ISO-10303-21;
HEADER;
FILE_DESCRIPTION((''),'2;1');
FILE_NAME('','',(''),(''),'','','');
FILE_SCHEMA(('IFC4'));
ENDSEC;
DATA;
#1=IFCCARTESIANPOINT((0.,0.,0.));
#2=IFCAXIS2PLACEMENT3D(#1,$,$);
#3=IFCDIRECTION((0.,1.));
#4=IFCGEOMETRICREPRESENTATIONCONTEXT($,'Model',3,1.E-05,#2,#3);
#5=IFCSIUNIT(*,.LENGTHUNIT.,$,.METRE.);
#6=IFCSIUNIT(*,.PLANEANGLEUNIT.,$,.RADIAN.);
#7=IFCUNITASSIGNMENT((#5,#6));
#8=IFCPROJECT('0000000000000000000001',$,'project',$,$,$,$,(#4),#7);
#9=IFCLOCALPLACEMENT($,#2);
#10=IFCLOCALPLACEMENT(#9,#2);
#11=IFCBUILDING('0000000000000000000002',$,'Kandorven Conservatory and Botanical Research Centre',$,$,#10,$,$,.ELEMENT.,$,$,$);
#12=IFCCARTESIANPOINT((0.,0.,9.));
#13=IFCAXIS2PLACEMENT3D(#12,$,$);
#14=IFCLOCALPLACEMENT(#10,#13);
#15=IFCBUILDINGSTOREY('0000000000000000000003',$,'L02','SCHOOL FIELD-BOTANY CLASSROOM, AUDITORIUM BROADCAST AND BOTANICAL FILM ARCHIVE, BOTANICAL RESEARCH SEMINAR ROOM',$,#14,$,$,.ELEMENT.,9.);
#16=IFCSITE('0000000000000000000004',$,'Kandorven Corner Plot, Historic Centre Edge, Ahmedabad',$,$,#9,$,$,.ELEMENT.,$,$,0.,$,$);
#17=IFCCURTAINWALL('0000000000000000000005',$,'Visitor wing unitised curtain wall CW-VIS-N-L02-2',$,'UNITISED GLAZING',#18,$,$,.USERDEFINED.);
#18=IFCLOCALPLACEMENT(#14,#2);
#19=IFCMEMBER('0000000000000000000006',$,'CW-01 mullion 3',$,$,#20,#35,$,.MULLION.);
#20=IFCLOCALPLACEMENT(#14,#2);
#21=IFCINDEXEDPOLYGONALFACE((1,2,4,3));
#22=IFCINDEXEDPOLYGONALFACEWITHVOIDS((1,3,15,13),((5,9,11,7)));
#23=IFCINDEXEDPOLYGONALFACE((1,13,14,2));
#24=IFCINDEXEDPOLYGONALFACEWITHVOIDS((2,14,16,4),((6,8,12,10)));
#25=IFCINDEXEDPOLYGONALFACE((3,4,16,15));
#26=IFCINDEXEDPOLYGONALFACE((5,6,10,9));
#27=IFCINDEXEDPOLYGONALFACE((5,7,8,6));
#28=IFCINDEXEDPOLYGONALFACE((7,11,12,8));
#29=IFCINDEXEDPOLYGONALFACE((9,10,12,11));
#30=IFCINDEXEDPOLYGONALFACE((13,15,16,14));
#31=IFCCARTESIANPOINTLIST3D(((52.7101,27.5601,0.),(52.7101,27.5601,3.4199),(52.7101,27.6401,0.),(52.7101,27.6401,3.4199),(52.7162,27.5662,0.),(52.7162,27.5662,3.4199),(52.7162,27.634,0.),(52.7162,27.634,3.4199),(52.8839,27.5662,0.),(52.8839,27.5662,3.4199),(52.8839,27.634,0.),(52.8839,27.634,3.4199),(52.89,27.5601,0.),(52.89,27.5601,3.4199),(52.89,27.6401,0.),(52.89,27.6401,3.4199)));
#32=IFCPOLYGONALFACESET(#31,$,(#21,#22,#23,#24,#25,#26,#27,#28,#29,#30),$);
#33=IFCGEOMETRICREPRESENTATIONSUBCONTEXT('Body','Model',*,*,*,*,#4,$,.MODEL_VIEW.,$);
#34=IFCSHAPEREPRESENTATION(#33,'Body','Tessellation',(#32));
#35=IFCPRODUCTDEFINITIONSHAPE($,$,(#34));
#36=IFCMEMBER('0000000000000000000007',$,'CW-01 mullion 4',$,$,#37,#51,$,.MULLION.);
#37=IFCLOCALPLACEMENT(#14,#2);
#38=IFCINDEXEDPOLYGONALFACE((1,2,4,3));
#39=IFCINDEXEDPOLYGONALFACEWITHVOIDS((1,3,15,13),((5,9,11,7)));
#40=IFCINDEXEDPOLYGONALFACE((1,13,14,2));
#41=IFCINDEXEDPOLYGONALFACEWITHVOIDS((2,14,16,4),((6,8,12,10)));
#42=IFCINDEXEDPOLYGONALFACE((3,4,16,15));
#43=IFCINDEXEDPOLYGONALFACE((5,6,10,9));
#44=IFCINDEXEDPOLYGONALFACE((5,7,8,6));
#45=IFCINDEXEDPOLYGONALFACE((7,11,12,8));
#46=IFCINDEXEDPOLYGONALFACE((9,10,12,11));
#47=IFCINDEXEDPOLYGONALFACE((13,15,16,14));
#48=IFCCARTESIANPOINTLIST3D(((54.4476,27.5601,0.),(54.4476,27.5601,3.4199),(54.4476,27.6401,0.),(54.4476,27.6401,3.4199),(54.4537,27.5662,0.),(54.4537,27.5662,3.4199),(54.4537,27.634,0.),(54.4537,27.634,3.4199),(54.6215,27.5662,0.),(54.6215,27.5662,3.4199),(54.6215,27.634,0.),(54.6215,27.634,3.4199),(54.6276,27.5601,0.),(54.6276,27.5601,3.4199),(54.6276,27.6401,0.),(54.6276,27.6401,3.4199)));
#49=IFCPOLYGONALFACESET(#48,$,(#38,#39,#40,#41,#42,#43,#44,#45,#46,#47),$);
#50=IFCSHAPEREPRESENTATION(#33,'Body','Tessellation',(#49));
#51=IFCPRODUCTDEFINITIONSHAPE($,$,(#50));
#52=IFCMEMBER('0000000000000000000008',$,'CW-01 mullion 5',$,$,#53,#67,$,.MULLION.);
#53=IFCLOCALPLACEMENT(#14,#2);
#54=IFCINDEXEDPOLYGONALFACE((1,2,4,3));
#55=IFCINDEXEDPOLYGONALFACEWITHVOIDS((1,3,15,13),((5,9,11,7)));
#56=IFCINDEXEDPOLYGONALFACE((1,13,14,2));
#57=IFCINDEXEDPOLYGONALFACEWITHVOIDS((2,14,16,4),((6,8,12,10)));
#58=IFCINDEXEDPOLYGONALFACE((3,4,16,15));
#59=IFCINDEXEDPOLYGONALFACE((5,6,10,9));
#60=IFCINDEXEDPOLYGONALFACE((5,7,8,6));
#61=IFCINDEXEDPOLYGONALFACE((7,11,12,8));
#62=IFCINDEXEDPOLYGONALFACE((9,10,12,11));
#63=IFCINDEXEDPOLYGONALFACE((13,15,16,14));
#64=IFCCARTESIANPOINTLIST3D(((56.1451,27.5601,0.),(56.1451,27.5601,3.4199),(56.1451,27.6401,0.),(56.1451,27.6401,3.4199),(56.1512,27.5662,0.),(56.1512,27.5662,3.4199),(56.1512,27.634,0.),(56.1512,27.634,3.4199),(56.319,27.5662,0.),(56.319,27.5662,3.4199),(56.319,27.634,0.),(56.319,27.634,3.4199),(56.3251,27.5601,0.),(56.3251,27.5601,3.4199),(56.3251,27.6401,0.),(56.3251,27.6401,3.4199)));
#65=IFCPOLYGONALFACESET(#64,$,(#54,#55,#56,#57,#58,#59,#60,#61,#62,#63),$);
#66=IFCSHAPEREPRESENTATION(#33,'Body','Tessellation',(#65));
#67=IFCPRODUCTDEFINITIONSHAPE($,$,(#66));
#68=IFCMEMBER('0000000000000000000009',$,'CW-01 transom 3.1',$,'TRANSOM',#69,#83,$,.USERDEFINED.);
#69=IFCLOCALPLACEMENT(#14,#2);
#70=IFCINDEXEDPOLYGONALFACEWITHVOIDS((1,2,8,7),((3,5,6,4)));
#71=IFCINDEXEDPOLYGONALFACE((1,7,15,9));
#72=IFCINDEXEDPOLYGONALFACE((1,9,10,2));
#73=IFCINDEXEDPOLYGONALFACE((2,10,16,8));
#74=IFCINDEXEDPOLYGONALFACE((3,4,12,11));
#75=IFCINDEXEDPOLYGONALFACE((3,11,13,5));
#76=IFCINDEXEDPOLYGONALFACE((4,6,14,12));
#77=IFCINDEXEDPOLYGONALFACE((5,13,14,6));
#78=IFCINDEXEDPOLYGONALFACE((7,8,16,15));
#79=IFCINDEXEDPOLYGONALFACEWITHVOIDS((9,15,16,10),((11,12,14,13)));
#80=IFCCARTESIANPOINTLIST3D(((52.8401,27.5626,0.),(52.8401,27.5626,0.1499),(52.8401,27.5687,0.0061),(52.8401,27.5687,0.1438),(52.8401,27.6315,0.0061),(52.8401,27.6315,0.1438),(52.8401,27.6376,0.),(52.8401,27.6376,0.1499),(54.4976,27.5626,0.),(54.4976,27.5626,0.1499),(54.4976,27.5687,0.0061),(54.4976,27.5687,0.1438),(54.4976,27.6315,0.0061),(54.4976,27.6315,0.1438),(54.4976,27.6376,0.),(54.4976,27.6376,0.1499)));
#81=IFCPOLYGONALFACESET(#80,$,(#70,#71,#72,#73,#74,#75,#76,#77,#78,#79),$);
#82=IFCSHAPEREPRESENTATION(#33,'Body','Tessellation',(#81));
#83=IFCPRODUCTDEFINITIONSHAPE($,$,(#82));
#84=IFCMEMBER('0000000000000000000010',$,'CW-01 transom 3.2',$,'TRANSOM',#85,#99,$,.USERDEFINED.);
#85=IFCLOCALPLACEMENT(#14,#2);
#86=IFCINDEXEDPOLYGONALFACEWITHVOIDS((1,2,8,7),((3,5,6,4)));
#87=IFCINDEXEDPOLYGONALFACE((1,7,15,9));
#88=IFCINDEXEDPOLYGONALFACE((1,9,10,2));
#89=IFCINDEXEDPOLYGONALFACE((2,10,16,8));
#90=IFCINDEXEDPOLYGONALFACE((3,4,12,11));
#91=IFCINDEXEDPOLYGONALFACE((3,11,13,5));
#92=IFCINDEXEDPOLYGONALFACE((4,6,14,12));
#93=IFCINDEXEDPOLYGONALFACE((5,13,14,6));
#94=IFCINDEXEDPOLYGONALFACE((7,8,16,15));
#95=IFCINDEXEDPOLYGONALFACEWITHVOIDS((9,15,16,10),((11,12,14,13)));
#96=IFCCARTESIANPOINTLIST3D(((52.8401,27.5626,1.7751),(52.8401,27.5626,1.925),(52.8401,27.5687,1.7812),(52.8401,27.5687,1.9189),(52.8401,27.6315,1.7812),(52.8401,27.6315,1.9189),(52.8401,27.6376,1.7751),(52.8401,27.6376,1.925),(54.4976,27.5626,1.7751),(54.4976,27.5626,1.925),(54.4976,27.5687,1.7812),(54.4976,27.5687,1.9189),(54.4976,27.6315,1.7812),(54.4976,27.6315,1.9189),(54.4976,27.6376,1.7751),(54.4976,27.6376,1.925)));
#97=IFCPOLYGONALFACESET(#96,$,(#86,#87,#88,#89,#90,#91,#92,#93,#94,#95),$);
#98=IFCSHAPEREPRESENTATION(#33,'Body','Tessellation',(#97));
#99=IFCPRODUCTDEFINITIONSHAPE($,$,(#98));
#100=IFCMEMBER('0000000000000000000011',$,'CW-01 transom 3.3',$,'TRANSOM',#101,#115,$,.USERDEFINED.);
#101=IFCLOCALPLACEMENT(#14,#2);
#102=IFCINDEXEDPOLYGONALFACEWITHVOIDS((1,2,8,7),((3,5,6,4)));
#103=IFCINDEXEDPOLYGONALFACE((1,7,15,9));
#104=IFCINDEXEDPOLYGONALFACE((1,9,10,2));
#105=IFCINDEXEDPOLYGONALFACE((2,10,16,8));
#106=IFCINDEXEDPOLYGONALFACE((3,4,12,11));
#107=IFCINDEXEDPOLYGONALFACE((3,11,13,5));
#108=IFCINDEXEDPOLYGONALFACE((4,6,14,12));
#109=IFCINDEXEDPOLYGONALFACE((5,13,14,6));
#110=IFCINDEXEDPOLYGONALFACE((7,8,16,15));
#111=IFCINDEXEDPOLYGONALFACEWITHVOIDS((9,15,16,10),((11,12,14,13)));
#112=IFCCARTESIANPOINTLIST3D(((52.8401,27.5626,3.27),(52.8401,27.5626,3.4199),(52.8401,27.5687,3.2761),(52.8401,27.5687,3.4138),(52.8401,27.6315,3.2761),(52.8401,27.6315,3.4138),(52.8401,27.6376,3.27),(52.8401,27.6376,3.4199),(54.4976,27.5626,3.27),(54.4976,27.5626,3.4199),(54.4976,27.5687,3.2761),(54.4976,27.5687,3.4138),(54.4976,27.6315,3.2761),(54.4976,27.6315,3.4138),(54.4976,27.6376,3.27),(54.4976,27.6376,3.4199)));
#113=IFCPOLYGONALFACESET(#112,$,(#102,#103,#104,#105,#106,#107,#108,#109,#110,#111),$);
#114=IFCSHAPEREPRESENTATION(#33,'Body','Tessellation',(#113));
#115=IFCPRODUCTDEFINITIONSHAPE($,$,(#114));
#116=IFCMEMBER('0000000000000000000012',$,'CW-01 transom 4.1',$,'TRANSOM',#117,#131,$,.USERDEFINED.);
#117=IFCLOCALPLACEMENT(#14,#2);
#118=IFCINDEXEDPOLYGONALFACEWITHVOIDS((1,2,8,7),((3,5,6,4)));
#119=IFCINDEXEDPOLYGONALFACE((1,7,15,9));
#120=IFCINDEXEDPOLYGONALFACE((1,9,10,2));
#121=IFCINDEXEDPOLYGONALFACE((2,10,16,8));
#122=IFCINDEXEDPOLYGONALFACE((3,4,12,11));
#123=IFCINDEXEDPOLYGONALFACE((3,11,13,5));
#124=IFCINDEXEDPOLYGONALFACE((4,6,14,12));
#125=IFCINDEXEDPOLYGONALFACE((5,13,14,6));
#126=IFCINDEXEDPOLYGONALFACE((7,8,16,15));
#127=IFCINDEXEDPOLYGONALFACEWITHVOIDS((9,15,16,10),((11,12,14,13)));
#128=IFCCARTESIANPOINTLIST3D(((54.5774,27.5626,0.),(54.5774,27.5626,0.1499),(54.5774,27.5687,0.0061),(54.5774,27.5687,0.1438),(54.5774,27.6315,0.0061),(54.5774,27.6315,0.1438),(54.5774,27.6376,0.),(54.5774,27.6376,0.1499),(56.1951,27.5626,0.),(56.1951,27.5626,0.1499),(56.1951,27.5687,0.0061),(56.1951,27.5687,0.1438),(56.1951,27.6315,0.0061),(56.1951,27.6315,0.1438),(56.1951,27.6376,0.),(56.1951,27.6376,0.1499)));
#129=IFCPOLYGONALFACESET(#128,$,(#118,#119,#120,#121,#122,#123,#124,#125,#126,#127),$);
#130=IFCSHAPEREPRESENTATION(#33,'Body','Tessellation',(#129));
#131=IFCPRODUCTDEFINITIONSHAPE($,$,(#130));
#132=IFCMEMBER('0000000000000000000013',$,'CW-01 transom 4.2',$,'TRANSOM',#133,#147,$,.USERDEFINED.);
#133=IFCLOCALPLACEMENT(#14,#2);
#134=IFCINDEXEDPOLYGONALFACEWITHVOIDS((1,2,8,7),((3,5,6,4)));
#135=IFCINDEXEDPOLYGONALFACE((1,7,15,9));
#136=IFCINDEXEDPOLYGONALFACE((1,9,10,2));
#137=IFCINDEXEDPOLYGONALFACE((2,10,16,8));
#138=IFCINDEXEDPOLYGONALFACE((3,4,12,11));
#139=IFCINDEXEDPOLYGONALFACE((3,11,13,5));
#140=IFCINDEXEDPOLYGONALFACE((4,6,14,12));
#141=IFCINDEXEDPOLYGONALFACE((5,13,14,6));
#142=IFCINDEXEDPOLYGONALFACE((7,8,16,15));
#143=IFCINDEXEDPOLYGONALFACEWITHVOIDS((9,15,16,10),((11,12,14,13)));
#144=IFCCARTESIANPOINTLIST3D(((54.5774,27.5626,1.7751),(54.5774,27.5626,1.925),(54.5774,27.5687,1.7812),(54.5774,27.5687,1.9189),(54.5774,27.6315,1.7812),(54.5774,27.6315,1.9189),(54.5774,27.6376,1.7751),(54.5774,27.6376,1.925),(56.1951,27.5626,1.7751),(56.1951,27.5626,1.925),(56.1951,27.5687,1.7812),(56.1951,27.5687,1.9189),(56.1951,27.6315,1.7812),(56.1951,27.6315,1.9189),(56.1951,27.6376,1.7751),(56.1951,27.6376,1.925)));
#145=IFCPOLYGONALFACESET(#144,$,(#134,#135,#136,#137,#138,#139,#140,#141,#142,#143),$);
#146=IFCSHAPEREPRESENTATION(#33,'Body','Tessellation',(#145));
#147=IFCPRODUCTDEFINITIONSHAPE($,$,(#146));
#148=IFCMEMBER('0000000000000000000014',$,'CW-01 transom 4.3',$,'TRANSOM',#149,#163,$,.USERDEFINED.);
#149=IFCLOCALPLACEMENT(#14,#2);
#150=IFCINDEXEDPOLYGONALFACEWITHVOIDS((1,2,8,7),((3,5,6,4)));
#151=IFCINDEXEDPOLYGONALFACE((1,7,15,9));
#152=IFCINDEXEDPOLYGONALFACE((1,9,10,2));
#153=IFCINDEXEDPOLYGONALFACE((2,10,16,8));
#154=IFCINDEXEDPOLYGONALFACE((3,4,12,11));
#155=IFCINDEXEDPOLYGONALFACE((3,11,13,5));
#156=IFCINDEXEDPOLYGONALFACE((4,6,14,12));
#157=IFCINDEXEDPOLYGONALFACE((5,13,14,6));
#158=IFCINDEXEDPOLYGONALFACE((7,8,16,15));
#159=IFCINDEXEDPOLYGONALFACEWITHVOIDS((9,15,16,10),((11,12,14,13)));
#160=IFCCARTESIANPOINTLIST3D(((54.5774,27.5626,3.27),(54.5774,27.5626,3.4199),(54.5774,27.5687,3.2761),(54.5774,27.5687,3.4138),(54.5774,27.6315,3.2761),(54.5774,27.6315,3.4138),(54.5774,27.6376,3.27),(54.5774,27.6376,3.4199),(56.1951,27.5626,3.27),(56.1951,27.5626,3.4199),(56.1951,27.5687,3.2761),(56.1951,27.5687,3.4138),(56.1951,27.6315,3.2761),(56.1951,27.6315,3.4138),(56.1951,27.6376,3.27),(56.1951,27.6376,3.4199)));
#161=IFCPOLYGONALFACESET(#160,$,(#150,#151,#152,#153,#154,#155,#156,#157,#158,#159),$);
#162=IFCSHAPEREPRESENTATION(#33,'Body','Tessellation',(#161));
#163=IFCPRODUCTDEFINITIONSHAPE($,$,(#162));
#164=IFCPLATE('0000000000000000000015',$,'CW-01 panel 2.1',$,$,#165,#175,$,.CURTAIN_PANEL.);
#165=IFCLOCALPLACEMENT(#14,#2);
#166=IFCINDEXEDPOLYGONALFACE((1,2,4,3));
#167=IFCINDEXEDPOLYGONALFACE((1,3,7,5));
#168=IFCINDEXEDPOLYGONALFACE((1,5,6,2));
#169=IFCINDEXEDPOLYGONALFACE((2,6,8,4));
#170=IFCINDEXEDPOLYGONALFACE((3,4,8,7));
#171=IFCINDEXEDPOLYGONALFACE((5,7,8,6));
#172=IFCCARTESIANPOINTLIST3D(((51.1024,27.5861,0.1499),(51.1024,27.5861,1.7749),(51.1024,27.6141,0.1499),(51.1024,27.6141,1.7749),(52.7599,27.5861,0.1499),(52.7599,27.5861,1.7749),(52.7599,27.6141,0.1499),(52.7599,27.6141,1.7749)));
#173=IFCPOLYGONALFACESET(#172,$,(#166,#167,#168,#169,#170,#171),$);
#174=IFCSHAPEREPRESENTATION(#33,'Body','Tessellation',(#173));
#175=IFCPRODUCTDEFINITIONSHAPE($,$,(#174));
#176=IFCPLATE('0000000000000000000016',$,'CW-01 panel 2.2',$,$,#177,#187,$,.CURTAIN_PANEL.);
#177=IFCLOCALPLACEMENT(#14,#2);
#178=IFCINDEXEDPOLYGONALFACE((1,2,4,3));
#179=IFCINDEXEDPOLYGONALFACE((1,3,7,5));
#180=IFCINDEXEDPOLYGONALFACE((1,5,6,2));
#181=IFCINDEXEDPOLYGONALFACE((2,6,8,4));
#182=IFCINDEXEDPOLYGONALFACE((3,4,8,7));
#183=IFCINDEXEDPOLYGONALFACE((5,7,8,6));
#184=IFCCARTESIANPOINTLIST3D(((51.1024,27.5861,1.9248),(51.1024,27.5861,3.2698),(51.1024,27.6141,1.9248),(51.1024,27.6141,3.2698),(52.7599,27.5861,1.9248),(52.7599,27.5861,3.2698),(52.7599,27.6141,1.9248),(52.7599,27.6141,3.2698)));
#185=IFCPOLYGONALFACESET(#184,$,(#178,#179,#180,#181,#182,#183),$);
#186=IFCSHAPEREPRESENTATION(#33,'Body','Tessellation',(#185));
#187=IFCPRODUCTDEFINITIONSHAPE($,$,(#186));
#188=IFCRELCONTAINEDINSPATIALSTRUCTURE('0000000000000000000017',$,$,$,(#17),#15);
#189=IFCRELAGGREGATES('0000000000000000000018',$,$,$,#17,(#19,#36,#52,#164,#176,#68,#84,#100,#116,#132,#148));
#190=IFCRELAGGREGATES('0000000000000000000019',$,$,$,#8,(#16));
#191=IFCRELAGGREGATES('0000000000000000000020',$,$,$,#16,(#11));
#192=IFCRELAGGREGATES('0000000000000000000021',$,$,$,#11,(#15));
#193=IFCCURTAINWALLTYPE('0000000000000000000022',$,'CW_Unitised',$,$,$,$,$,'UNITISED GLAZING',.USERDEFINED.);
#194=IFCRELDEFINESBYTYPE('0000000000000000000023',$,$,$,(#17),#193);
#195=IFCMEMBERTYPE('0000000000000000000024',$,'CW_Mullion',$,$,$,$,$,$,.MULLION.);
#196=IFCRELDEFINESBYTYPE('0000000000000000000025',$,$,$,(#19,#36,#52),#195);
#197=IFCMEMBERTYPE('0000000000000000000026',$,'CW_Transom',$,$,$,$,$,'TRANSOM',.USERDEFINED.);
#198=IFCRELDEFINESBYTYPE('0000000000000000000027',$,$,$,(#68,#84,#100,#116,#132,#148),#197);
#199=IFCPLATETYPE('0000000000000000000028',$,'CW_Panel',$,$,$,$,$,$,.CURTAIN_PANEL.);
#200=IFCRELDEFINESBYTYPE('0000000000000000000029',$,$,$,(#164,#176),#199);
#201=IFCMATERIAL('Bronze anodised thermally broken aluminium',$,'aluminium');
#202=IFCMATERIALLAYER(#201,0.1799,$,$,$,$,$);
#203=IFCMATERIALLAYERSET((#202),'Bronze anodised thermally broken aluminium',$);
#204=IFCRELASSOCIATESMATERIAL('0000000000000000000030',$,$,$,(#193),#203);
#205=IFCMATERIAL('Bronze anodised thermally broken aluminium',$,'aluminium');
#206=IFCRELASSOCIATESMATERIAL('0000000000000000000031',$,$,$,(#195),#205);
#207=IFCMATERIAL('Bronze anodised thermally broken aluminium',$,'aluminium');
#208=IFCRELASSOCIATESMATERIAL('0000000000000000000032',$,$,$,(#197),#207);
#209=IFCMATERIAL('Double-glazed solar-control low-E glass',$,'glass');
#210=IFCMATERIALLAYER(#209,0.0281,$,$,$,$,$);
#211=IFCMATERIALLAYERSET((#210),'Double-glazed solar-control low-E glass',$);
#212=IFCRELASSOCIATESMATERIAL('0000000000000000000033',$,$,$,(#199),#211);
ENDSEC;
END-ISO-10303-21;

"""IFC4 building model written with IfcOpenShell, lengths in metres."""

from ifc_helpers import new_model, si_unit, direction, frame, origin, origin_2d, place, context, subcontext, project, spatial, rectangle, hollow_rectangle, extrude, material, layer, layer_set, material_profile, profile_set, type_object, element, aggregate, save


model = new_model("IFC4")

# Units and contexts
model_context = context("Model", 3, precision=1e-05, world=origin(), true_north=direction((0.0, 1.0)))
body_context = subcontext(model_context, "Body", "Model", "MODEL_VIEW")
ifc_project = project(units=[si_unit("LENGTHUNIT", "METRE"), si_unit("PLANEANGLEUNIT", "RADIAN")], contexts=[model_context])

# Site, building, storey
site_placement = place(None, origin())
site = spatial("IfcSite", under=ifc_project, at=site_placement, Name="Kandorven Corner Plot, Historic Centre Edge, Ahmedabad", CompositionType="ELEMENT", RefElevation=0.0)
building_placement = place(site_placement, origin())
building = spatial("IfcBuilding", under=site, at=building_placement, Name="Kandorven Conservatory and Botanical Research Centre", CompositionType="ELEMENT")
storey_placement = place(building_placement, frame((0.0, 0.0, 9.0)))
storey = spatial("IfcBuildingStorey", under=building, at=storey_placement, Name="L02", Description="SCHOOL FIELD-BOTANY CLASSROOM, AUDITORIUM BROADCAST AND BOTANICAL FILM ARCHIVE, BOTANICAL RESEARCH SEMINAR ROOM", CompositionType="ELEMENT", Elevation=9.0)

# Curtain wall, members, plates
ifc_material_1 = material(Name="Bronze anodised thermally broken aluminium", Category="aluminium")
ifc_layer_1 = layer(ifc_material_1, 0.1799)
ifc_layer_set_1 = layer_set([ifc_layer_1], Name="Bronze anodised thermally broken aluminium")
curtain_wall_type = type_object("IfcCurtainWallType", Name="CW_Unitised", ElementType="UNITISED GLAZING", PredefinedType="USERDEFINED", material=ifc_layer_set_1)
curtain_wall_placement = place(storey_placement, origin())
curtain_wall = element("IfcCurtainWall", 1, at=curtain_wall_placement, inside=storey, type_object=curtain_wall_type, Name="Visitor wing unitised curtain wall CW-VIS-N-L02-2", ObjectType="UNITISED GLAZING", PredefinedType="USERDEFINED")
ifc_material_2 = material(Name="Bronze anodised thermally broken aluminium", Category="aluminium")
ifc_material_profile_1 = material_profile(ifc_material_2, hollow_rectangle(XDim=0.0801, YDim=0.1799, WallThickness=0.0061, at=origin_2d()))
ifc_profile_set_1 = profile_set([ifc_material_profile_1], Name="Bronze anodised thermally broken aluminium")
member_type_1 = type_object("IfcMemberType", Name="CW_Mullion", PredefinedType="MULLION", material=ifc_profile_set_1)
member_1_placement = place(storey_placement, frame((52.8, 27.6001, 0.0), z_axis=(0.0, 0.0, 1.0), x_axis=(0.0, 1.0, 0.0)))
member_1 = element("IfcMember", 2, at=member_1_placement, type_object=member_type_1, Name="CW-01 mullion 3", PredefinedType="MULLION", context=body_context, shape_type="SweptSolid", body=[
    extrude(hollow_rectangle(XDim=0.0801, YDim=0.1799, WallThickness=0.0061, at=origin_2d()), origin(), (0.0, 0.0, 1.0), 3.4199),
])
member_2_placement = place(storey_placement, frame((54.5376, 27.6001, 0.0), z_axis=(0.0, 0.0, 1.0), x_axis=(0.0, 1.0, 0.0)))
member_2 = element("IfcMember", 3, at=member_2_placement, type_object=member_type_1, Name="CW-01 mullion 4", PredefinedType="MULLION", context=body_context, shape_type="SweptSolid", body=[
    extrude(hollow_rectangle(XDim=0.0801, YDim=0.1799, WallThickness=0.0061, at=origin_2d()), origin(), (0.0, 0.0, 1.0), 3.4199),
])
member_3_placement = place(storey_placement, frame((56.2351, 27.6001, 0.0), z_axis=(0.0, 0.0, 1.0), x_axis=(0.0, 1.0, 0.0)))
member_3 = element("IfcMember", 4, at=member_3_placement, type_object=member_type_1, Name="CW-01 mullion 5", PredefinedType="MULLION", context=body_context, shape_type="SweptSolid", body=[
    extrude(hollow_rectangle(XDim=0.0801, YDim=0.1799, WallThickness=0.0061, at=origin_2d()), origin(), (0.0, 0.0, 1.0), 3.4199),
])
ifc_material_3 = material(Name="Bronze anodised thermally broken aluminium", Category="aluminium")
ifc_material_profile_2 = material_profile(ifc_material_3, hollow_rectangle(XDim=0.075, YDim=0.1499, WallThickness=0.0061, at=origin_2d()))
ifc_profile_set_2 = profile_set([ifc_material_profile_2], Name="Bronze anodised thermally broken aluminium")
member_type_2 = type_object("IfcMemberType", Name="CW_Transom", ElementType="TRANSOM", PredefinedType="USERDEFINED", material=ifc_profile_set_2)
member_4_placement = place(storey_placement, frame((52.8401, 27.6001, 0.075), z_axis=(1.0, 0.0, 0.0), x_axis=(0.0, 1.0, 0.0)))
member_4 = element("IfcMember", 5, at=member_4_placement, type_object=member_type_2, Name="CW-01 transom 3.1", ObjectType="TRANSOM", PredefinedType="USERDEFINED", context=body_context, shape_type="SweptSolid", body=[
    extrude(hollow_rectangle(XDim=0.075, YDim=0.1499, WallThickness=0.0061, at=origin_2d()), origin(), (0.0, 0.0, 1.0), 1.6575),
])
member_5_placement = place(storey_placement, frame((52.8401, 27.6001, 1.8501), z_axis=(1.0, 0.0, 0.0), x_axis=(0.0, 1.0, 0.0)))
member_5 = element("IfcMember", 6, at=member_5_placement, type_object=member_type_2, Name="CW-01 transom 3.2", ObjectType="TRANSOM", PredefinedType="USERDEFINED", context=body_context, shape_type="SweptSolid", body=[
    extrude(hollow_rectangle(XDim=0.075, YDim=0.1499, WallThickness=0.0061, at=origin_2d()), origin(), (0.0, 0.0, 1.0), 1.6575),
])
member_6_placement = place(storey_placement, frame((52.8401, 27.6001, 3.345), z_axis=(1.0, 0.0, 0.0), x_axis=(0.0, 1.0, 0.0)))
member_6 = element("IfcMember", 7, at=member_6_placement, type_object=member_type_2, Name="CW-01 transom 3.3", ObjectType="TRANSOM", PredefinedType="USERDEFINED", context=body_context, shape_type="SweptSolid", body=[
    extrude(hollow_rectangle(XDim=0.075, YDim=0.1499, WallThickness=0.0061, at=origin_2d()), origin(), (0.0, 0.0, 1.0), 1.6575),
])
member_7_placement = place(storey_placement, frame((54.5774, 27.6001, 0.075), z_axis=(1.0, 0.0, 0.0), x_axis=(0.0, 1.0, 0.0)))
member_7 = element("IfcMember", 8, at=member_7_placement, type_object=member_type_2, Name="CW-01 transom 4.1", ObjectType="TRANSOM", PredefinedType="USERDEFINED", context=body_context, shape_type="SweptSolid", body=[
    extrude(hollow_rectangle(XDim=0.075, YDim=0.1499, WallThickness=0.0061, at=origin_2d()), origin(), (0.0, 0.0, 1.0), 1.6177),
])
member_8_placement = place(storey_placement, frame((54.5774, 27.6001, 1.8501), z_axis=(1.0, 0.0, 0.0), x_axis=(0.0, 1.0, 0.0)))
member_8 = element("IfcMember", 9, at=member_8_placement, type_object=member_type_2, Name="CW-01 transom 4.2", ObjectType="TRANSOM", PredefinedType="USERDEFINED", context=body_context, shape_type="SweptSolid", body=[
    extrude(hollow_rectangle(XDim=0.075, YDim=0.1499, WallThickness=0.0061, at=origin_2d()), origin(), (0.0, 0.0, 1.0), 1.6177),
])
member_9_placement = place(storey_placement, frame((54.5774, 27.6001, 3.345), z_axis=(1.0, 0.0, 0.0), x_axis=(0.0, 1.0, 0.0)))
member_9 = element("IfcMember", 10, at=member_9_placement, type_object=member_type_2, Name="CW-01 transom 4.3", ObjectType="TRANSOM", PredefinedType="USERDEFINED", context=body_context, shape_type="SweptSolid", body=[
    extrude(hollow_rectangle(XDim=0.075, YDim=0.1499, WallThickness=0.0061, at=origin_2d()), origin(), (0.0, 0.0, 1.0), 1.6177),
])
ifc_material_4 = material(Name="Double-glazed solar-control low-E glass", Category="glass")
ifc_layer_2 = layer(ifc_material_4, 0.0281)
ifc_layer_set_2 = layer_set([ifc_layer_2], Name="Double-glazed solar-control low-E glass")
plate_type = type_object("IfcPlateType", Name="CW_Panel", PredefinedType="CURTAIN_PANEL", material=ifc_layer_set_2)
plate_1_placement = place(storey_placement, frame((51.9312, 27.6001, 0.1499), z_axis=(0.0, 0.0, 1.0), x_axis=(1.0, 0.0, 0.0)))
plate_1 = element("IfcPlate", 11, at=plate_1_placement, type_object=plate_type, Name="CW-01 panel 2.1", PredefinedType="CURTAIN_PANEL", context=body_context, shape_type="SweptSolid", body=[
    extrude(rectangle(XDim=1.6575, YDim=0.0281, at=origin_2d()), origin(), (0.0, 0.0, 1.0), 1.625),
])
plate_2_placement = place(storey_placement, frame((51.9312, 27.6001, 1.9248), z_axis=(0.0, 0.0, 1.0), x_axis=(1.0, 0.0, 0.0)))
plate_2 = element("IfcPlate", 12, at=plate_2_placement, type_object=plate_type, Name="CW-01 panel 2.2", PredefinedType="CURTAIN_PANEL", context=body_context, shape_type="SweptSolid", body=[
    extrude(rectangle(XDim=1.6575, YDim=0.0281, at=origin_2d()), origin(), (0.0, 0.0, 1.0), 1.345),
])
aggregate(curtain_wall, [member_1, member_2, member_3, plate_1, plate_2, member_4, member_5, member_6, member_7, member_8, member_9])

save(model, "model.ifc")
